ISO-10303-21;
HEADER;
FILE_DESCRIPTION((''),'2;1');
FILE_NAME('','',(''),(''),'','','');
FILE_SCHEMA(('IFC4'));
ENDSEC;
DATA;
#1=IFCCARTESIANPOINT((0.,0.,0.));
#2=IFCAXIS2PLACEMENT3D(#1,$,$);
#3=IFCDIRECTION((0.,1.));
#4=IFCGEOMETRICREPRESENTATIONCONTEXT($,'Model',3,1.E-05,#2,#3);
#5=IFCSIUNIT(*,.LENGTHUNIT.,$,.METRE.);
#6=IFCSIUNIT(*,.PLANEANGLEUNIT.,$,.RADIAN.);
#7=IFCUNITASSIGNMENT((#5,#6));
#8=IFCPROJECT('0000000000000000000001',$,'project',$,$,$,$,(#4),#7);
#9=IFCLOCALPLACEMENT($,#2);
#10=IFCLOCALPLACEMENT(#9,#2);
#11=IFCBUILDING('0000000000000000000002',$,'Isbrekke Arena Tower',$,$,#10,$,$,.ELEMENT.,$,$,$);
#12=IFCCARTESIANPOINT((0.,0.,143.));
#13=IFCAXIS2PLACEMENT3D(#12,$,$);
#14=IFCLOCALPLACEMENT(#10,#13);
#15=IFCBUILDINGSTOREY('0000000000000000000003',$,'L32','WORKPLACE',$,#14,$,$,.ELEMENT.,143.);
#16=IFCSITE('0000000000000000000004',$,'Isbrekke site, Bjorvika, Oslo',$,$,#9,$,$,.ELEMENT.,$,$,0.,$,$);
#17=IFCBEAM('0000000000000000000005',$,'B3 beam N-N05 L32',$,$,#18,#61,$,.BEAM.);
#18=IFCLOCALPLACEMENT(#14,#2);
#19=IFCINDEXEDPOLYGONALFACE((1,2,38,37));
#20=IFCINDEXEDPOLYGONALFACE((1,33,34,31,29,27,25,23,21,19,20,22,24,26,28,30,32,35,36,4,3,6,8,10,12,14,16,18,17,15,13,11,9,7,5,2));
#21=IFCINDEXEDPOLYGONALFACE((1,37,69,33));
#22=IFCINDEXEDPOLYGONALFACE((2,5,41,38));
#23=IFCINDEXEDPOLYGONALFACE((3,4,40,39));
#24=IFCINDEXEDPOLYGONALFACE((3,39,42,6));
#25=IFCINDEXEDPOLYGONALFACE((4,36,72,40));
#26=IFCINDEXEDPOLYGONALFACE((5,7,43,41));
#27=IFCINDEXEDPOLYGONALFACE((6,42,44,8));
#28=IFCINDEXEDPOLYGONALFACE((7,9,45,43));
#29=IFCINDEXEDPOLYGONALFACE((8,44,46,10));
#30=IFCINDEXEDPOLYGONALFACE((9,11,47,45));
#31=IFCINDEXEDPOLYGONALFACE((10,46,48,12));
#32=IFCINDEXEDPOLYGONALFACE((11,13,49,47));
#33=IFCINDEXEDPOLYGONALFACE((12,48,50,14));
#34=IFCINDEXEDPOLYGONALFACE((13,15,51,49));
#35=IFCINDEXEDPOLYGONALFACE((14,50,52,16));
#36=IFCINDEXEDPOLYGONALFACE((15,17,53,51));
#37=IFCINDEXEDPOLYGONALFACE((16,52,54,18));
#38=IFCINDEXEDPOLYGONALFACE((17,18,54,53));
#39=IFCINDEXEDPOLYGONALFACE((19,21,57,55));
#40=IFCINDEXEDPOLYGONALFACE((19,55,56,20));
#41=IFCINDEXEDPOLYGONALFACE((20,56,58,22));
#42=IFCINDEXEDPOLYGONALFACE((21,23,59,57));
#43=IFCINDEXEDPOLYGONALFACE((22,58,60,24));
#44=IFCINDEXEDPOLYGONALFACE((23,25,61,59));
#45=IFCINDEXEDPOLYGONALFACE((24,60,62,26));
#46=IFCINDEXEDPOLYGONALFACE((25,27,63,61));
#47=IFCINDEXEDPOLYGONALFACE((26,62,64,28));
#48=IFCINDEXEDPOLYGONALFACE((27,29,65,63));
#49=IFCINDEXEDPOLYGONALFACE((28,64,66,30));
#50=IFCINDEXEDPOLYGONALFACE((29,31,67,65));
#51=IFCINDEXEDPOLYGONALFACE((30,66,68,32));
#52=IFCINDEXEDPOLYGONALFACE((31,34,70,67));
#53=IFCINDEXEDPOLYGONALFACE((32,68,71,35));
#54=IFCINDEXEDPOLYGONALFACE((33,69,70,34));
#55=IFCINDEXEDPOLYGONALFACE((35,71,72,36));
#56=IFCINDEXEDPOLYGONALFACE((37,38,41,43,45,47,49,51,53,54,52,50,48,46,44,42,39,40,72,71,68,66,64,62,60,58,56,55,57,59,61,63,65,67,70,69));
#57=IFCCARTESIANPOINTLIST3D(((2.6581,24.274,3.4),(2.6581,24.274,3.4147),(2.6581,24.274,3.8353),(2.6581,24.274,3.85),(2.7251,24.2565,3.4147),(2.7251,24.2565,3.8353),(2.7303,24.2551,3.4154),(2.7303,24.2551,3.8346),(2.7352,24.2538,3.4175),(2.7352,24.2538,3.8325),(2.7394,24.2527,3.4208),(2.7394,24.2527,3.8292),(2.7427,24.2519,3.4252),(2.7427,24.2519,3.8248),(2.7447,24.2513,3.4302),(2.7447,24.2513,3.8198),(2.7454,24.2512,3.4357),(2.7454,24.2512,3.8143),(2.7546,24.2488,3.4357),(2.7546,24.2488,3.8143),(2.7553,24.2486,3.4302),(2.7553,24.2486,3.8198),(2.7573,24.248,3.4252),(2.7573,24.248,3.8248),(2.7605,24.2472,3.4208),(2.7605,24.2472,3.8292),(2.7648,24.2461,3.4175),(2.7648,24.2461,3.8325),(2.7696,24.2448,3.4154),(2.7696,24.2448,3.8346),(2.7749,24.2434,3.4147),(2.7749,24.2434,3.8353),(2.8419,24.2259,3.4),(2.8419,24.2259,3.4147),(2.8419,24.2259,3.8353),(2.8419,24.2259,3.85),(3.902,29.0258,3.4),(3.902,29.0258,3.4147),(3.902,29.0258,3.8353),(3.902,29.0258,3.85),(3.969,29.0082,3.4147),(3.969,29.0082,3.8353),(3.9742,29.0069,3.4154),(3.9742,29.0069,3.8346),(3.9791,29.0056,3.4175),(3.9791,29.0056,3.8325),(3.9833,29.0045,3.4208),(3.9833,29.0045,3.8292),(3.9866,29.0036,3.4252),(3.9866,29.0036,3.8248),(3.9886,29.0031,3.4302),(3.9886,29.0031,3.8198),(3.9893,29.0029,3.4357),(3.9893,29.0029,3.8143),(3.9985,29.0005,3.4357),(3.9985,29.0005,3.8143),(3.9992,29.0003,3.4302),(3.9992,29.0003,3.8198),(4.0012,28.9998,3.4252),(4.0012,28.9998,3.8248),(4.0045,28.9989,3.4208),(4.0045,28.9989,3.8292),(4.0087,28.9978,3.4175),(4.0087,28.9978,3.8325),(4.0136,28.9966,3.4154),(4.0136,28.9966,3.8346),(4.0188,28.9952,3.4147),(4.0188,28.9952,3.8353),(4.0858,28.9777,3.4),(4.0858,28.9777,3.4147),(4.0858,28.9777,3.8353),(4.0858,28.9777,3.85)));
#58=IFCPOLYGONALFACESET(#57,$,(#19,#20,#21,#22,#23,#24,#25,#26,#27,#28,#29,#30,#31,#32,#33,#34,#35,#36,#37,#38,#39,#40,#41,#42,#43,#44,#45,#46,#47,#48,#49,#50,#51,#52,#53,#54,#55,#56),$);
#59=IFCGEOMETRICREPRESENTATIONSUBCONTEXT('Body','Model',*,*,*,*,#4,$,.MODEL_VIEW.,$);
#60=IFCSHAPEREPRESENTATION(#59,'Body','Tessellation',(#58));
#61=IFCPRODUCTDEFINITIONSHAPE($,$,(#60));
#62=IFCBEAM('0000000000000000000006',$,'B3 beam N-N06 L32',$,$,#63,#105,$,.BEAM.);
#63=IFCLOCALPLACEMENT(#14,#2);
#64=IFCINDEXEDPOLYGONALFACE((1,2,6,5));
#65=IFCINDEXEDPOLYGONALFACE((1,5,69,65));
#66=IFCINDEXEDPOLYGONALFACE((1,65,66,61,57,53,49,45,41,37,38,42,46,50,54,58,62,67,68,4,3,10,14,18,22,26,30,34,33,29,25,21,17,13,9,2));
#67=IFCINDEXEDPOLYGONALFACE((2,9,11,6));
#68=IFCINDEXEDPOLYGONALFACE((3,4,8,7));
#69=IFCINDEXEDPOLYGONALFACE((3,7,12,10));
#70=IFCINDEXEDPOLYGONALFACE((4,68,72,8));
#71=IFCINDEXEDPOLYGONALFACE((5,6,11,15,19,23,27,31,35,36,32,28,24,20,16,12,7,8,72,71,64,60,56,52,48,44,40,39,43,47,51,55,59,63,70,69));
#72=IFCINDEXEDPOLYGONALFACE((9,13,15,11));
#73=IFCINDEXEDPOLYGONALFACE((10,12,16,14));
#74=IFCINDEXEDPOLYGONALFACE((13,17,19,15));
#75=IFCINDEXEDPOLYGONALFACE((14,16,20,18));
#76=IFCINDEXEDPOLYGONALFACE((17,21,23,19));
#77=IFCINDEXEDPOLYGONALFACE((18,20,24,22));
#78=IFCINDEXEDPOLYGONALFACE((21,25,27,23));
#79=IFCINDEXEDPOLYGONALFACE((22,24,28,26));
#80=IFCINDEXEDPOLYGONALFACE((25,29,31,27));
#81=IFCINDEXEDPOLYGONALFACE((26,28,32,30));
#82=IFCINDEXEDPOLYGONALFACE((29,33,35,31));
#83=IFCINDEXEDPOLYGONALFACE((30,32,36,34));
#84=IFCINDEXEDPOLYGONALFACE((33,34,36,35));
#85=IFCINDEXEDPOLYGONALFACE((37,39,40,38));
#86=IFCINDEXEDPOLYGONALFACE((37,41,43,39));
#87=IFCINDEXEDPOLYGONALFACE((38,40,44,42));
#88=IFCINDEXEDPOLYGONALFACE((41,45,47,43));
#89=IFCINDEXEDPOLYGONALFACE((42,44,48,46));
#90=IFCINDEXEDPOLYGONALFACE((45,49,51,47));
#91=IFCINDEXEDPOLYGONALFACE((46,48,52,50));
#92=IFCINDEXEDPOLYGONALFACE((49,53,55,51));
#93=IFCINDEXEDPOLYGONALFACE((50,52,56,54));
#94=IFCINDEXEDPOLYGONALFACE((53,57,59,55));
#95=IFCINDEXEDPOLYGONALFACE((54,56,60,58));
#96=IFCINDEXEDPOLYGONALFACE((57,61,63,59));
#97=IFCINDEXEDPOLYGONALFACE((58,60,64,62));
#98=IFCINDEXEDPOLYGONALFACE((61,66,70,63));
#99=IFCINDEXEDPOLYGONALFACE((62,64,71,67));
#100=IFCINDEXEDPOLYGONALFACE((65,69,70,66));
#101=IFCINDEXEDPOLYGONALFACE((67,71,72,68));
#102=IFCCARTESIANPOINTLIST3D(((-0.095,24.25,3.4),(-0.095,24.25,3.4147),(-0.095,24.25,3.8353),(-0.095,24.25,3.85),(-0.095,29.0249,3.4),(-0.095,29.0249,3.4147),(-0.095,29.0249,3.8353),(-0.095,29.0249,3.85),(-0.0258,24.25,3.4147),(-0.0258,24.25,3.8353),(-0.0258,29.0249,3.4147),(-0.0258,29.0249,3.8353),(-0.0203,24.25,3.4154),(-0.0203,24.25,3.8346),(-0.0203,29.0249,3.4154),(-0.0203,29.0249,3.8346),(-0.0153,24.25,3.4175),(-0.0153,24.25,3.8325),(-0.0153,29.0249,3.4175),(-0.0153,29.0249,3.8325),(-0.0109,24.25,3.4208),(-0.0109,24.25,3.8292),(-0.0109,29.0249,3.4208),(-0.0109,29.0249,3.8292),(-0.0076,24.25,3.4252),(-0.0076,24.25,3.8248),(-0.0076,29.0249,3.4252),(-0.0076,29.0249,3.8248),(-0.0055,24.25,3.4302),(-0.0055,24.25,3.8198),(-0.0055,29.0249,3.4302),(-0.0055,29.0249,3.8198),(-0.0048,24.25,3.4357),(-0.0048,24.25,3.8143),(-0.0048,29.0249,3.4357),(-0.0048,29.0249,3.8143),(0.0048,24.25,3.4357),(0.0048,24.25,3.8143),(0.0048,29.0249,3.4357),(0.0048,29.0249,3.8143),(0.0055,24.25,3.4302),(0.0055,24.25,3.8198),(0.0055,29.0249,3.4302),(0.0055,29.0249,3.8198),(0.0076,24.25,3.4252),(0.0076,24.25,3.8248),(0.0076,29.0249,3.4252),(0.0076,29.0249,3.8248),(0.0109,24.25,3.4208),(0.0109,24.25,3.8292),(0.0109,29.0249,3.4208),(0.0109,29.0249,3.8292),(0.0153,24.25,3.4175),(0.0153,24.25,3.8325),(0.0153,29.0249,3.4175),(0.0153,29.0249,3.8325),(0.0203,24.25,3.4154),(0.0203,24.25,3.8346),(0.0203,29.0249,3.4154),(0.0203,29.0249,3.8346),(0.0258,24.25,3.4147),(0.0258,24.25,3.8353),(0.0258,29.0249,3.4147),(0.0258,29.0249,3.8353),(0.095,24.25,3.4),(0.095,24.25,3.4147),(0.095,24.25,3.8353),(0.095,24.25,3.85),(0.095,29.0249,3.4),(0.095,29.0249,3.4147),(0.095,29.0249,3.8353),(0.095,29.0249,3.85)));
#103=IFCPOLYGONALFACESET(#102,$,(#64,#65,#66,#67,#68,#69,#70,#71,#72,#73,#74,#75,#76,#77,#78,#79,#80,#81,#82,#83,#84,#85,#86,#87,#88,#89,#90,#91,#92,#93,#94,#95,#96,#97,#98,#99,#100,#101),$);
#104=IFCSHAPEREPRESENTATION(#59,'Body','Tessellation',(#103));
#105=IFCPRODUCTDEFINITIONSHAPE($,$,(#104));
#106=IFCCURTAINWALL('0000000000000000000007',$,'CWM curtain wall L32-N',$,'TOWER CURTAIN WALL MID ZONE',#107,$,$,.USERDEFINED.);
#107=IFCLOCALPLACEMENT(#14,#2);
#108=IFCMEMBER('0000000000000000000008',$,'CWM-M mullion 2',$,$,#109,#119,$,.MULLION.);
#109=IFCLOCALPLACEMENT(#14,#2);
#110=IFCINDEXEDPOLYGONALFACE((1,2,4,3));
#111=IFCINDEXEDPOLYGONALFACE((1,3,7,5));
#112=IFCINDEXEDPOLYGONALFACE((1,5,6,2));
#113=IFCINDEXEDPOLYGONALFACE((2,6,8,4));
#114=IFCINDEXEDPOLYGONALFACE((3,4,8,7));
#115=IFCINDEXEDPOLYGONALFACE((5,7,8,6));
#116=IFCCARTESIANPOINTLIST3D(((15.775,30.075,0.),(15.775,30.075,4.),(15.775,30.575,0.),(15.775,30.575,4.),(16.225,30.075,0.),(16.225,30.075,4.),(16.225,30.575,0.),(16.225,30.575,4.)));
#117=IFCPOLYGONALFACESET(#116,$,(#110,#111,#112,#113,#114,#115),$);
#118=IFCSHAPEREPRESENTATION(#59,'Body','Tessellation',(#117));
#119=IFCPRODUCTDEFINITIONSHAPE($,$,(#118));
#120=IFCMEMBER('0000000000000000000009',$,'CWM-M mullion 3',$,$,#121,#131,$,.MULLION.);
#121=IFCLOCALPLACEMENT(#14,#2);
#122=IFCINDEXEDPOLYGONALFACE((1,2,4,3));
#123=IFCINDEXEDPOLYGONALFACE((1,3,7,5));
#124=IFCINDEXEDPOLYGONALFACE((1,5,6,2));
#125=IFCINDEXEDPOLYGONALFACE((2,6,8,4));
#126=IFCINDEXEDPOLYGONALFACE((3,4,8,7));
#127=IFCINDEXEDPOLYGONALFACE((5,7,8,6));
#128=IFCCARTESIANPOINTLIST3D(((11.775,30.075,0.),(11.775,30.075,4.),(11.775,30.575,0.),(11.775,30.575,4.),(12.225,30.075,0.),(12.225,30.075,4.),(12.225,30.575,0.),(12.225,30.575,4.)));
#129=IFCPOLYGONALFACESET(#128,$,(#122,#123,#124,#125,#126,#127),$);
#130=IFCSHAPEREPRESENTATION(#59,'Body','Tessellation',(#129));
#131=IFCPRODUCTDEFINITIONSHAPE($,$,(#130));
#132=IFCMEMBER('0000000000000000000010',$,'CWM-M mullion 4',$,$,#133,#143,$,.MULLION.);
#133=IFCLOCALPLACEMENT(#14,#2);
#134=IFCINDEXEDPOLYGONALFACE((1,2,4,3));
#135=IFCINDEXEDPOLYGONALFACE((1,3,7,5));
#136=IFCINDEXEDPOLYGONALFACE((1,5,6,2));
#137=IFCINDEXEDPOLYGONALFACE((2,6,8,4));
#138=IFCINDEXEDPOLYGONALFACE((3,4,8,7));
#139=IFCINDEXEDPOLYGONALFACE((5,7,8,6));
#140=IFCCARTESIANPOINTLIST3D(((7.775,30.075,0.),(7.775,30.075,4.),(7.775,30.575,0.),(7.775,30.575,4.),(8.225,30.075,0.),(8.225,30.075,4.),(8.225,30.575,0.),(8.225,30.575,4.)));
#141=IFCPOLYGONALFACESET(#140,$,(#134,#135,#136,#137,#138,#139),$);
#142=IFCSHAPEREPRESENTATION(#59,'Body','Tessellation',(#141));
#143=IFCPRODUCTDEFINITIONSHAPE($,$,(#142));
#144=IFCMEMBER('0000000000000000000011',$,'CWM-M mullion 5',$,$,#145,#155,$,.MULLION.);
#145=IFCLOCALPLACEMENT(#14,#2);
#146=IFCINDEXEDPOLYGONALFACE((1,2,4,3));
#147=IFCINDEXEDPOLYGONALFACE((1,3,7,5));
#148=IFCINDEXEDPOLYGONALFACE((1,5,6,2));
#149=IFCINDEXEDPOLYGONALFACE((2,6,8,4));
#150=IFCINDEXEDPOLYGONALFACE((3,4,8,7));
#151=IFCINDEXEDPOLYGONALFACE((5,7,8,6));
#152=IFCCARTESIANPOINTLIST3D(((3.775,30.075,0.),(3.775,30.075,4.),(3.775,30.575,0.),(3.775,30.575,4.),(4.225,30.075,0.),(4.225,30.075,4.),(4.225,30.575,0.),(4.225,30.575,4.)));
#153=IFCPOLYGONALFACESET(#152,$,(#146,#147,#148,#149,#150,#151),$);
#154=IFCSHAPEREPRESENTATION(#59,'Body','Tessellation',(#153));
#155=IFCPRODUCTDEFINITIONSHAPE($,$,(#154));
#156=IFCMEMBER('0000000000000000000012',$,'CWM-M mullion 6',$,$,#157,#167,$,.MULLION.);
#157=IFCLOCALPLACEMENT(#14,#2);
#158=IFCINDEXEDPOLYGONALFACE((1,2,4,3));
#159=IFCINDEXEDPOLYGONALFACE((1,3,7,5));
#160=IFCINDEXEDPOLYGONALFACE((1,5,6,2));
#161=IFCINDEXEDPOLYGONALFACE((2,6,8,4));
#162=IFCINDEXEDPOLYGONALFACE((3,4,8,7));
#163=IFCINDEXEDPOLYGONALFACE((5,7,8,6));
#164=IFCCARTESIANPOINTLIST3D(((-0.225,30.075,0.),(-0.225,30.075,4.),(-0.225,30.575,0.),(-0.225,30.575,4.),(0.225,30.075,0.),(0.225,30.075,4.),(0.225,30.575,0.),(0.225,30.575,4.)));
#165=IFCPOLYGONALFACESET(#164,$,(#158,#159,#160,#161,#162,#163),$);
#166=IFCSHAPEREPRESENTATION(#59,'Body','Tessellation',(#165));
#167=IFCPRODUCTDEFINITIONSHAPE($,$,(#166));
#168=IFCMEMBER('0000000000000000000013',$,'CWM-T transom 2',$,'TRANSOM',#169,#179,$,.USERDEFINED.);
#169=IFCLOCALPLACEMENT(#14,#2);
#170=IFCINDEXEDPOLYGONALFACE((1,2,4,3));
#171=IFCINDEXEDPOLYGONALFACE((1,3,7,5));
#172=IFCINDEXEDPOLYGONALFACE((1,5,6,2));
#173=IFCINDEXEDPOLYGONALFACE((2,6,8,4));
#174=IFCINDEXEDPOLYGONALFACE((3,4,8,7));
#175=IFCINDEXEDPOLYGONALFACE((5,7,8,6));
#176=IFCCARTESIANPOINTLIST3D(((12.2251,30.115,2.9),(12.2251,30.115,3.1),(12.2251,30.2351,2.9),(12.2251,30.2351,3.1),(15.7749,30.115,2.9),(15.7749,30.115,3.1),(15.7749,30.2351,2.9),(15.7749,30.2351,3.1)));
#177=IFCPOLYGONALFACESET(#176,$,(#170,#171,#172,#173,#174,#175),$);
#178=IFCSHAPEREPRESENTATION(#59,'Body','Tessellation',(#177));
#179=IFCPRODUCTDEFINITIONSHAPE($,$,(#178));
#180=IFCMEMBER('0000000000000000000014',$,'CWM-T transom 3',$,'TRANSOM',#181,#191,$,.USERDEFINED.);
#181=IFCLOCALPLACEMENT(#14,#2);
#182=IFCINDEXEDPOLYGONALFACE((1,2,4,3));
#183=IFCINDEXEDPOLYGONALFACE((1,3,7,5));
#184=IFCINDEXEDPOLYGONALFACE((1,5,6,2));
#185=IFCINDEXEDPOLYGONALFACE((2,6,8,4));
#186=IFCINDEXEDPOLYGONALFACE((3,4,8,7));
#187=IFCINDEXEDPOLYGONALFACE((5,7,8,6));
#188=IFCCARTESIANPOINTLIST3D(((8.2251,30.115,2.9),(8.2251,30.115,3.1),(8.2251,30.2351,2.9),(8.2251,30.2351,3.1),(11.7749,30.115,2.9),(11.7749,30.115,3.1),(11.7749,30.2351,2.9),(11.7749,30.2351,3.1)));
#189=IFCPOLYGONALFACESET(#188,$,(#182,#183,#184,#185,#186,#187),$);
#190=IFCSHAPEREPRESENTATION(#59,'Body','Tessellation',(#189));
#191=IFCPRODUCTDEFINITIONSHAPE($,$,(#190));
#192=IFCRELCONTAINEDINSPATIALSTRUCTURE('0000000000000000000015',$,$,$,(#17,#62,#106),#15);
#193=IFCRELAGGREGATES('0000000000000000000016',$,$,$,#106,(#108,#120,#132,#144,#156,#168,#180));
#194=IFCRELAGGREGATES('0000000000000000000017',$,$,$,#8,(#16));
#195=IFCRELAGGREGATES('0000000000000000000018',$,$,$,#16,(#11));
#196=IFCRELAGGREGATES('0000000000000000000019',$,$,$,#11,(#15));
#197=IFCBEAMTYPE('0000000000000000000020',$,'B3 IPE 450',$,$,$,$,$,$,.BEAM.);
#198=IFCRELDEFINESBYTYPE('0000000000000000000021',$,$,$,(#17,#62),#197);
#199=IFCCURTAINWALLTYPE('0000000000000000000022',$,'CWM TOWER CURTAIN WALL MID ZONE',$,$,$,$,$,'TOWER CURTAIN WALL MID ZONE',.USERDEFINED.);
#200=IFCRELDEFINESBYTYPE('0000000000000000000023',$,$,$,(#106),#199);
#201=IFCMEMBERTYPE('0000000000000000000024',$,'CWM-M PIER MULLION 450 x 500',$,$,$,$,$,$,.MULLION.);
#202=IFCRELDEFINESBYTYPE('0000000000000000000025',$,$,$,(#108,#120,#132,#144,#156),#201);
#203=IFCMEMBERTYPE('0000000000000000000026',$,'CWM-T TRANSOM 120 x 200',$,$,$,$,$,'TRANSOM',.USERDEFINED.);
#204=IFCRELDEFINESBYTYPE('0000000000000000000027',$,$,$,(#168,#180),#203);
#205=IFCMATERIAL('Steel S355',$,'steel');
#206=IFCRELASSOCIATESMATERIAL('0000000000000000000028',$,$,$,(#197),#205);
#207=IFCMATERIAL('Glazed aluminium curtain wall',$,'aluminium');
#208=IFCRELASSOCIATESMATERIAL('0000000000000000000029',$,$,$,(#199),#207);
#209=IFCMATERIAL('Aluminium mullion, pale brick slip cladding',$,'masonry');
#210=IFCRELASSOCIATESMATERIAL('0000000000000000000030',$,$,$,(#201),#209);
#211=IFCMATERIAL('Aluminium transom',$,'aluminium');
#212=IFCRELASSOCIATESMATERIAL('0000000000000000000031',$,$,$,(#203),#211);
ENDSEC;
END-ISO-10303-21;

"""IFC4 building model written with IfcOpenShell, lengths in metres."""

from ifc_helpers import new_model, si_unit, direction, frame, origin, origin_2d, place, context, subcontext, project, spatial, rectangle, i_section, extrude, material, material_profile, profile_set, type_object, element, aggregate, save


model = new_model("IFC4")

# Units and contexts
model_context = context("Model", 3, precision=1e-05, world=origin(), true_north=direction((0.0, 1.0)))
body_context = subcontext(model_context, "Body", "Model", "MODEL_VIEW")
ifc_project = project(units=[si_unit("LENGTHUNIT", "METRE"), si_unit("PLANEANGLEUNIT", "RADIAN")], contexts=[model_context])

# Site, building, storey
site_placement = place(None, origin())
site = spatial("IfcSite", under=ifc_project, at=site_placement, Name="Isbrekke site, Bjorvika, Oslo", CompositionType="ELEMENT", RefElevation=0.0)
building_placement = place(site_placement, origin())
building = spatial("IfcBuilding", under=site, at=building_placement, Name="Isbrekke Arena Tower", CompositionType="ELEMENT")
storey_placement = place(building_placement, frame((0.0, 0.0, 143.0)))
storey = spatial("IfcBuildingStorey", under=building, at=storey_placement, Name="L32", Description="WORKPLACE", CompositionType="ELEMENT", Elevation=143.0)

# Beams
ifc_material_1 = material(Name="Steel S355", Category="steel")
ifc_material_profile_1 = material_profile(ifc_material_1, i_section(OverallWidth=0.1899, OverallDepth=0.45, WebThickness=0.0095, FlangeThickness=0.0146, FilletRadius=0.021, at=origin_2d()), Name="IPE 450")
ifc_profile_set_1 = profile_set([ifc_material_profile_1], Name="Steel S355")
beam_type_1 = type_object("IfcBeamType", Name="B3 IPE 450", PredefinedType="BEAM", material=ifc_profile_set_1)
beam_1_placement = place(storey_placement, frame((3.9939, 29.0017, 3.625), z_axis=(-0.253245, -0.967402, 0.0), x_axis=(0.967402, -0.253245, 0.0)))
element("IfcBeam", 1, at=beam_1_placement, inside=storey, type_object=beam_type_1, Name="B3 beam N-N05 L32", PredefinedType="BEAM", context=body_context, shape_type="SweptSolid", body=[
    extrude(i_section(OverallWidth=0.1899, OverallDepth=0.45, WebThickness=0.0095, FlangeThickness=0.0146, FilletRadius=0.021, at=origin_2d()), origin(), (0.0, 0.0, 1.0), 4.9119),
])
beam_2_placement = place(storey_placement, frame((0.0, 29.0249, 3.625), z_axis=(0.0, -1.0, 0.0), x_axis=(1.0, 0.0, 0.0)))
element("IfcBeam", 2, at=beam_2_placement, inside=storey, type_object=beam_type_1, Name="B3 beam N-N06 L32", PredefinedType="BEAM", context=body_context, shape_type="SweptSolid", body=[
    extrude(i_section(OverallWidth=0.1899, OverallDepth=0.45, WebThickness=0.0095, FlangeThickness=0.0146, FilletRadius=0.021, at=origin_2d()), origin(), (0.0, 0.0, 1.0), 4.7749),
])

# Curtain wall, members
ifc_material_2 = material(Name="Glazed aluminium curtain wall", Category="aluminium")
curtain_wall_type = type_object("IfcCurtainWallType", Name="CWM TOWER CURTAIN WALL MID ZONE", ElementType="TOWER CURTAIN WALL MID ZONE", PredefinedType="USERDEFINED", material=ifc_material_2)
curtain_wall_placement = place(storey_placement, origin())
curtain_wall = element("IfcCurtainWall", 3, at=curtain_wall_placement, inside=storey, type_object=curtain_wall_type, Name="CWM curtain wall L32-N", ObjectType="TOWER CURTAIN WALL MID ZONE", PredefinedType="USERDEFINED")
ifc_material_3 = material(Name="Aluminium mullion, pale brick slip cladding", Category="masonry")
ifc_material_profile_2 = material_profile(ifc_material_3, rectangle(XDim=0.45, YDim=0.5, at=origin_2d()), Name="PIER 450X500")
ifc_profile_set_2 = profile_set([ifc_material_profile_2], Name="Aluminium mullion, pale brick slip cladding")
member_type_1 = type_object("IfcMemberType", Name="CWM-M PIER MULLION 450 x 500", PredefinedType="MULLION", material=ifc_profile_set_2)
member_1_placement = place(storey_placement, frame((16.0, 30.325, 0.0), z_axis=(0.0, 0.0, 1.0), x_axis=(-1.0, 0.0, 0.0)))
member_1 = element("IfcMember", 4, at=member_1_placement, type_object=member_type_1, Name="CWM-M mullion 2", PredefinedType="MULLION", context=body_context, shape_type="SweptSolid", body=[
    extrude(rectangle(XDim=0.45, YDim=0.5, at=origin_2d()), origin(), (0.0, 0.0, 1.0), 4.0),
])
member_2_placement = place(storey_placement, frame((12.0, 30.325, 0.0), z_axis=(0.0, 0.0, 1.0), x_axis=(-1.0, 0.0, 0.0)))
member_2 = element("IfcMember", 5, at=member_2_placement, type_object=member_type_1, Name="CWM-M mullion 3", PredefinedType="MULLION", context=body_context, shape_type="SweptSolid", body=[
    extrude(rectangle(XDim=0.45, YDim=0.5, at=origin_2d()), origin(), (0.0, 0.0, 1.0), 4.0),
])
member_3_placement = place(storey_placement, frame((8.0, 30.325, 0.0), z_axis=(0.0, 0.0, 1.0), x_axis=(-1.0, 0.0, 0.0)))
member_3 = element("IfcMember", 6, at=member_3_placement, type_object=member_type_1, Name="CWM-M mullion 4", PredefinedType="MULLION", context=body_context, shape_type="SweptSolid", body=[
    extrude(rectangle(XDim=0.45, YDim=0.5, at=origin_2d()), origin(), (0.0, 0.0, 1.0), 4.0),
])
member_4_placement = place(storey_placement, frame((4.0, 30.325, 0.0), z_axis=(0.0, 0.0, 1.0), x_axis=(-1.0, 0.0, 0.0)))
member_4 = element("IfcMember", 7, at=member_4_placement, type_object=member_type_1, Name="CWM-M mullion 5", PredefinedType="MULLION", context=body_context, shape_type="SweptSolid", body=[
    extrude(rectangle(XDim=0.45, YDim=0.5, at=origin_2d()), origin(), (0.0, 0.0, 1.0), 4.0),
])
member_5_placement = place(storey_placement, frame((0.0, 30.325, 0.0), z_axis=(0.0, 0.0, 1.0), x_axis=(-1.0, 0.0, 0.0)))
member_5 = element("IfcMember", 8, at=member_5_placement, type_object=member_type_1, Name="CWM-M mullion 6", PredefinedType="MULLION", context=body_context, shape_type="SweptSolid", body=[
    extrude(rectangle(XDim=0.45, YDim=0.5, at=origin_2d()), origin(), (0.0, 0.0, 1.0), 4.0),
])
ifc_material_4 = material(Name="Aluminium transom", Category="aluminium")
ifc_material_profile_3 = material_profile(ifc_material_4, rectangle(XDim=0.1201, YDim=0.2, at=origin_2d()), Name="TRANSOM 120X200")
ifc_profile_set_3 = profile_set([ifc_material_profile_3], Name="Aluminium transom")
member_type_2 = type_object("IfcMemberType", Name="CWM-T TRANSOM 120 x 200", ElementType="TRANSOM", PredefinedType="USERDEFINED", material=ifc_profile_set_3)
member_6_placement = place(storey_placement, frame((15.7749, 30.175, 3.0), z_axis=(-1.0, 0.0, 0.0), x_axis=(0.0, -1.0, 0.0)))
member_6 = element("IfcMember", 9, at=member_6_placement, type_object=member_type_2, Name="CWM-T transom 2", ObjectType="TRANSOM", PredefinedType="USERDEFINED", context=body_context, shape_type="SweptSolid", body=[
    extrude(rectangle(XDim=0.1201, YDim=0.2, at=origin_2d()), origin(), (0.0, 0.0, 1.0), 3.5498),
])
member_7_placement = place(storey_placement, frame((11.7749, 30.175, 3.0), z_axis=(-1.0, 0.0, 0.0), x_axis=(0.0, -1.0, 0.0)))
member_7 = element("IfcMember", 10, at=member_7_placement, type_object=member_type_2, Name="CWM-T transom 3", ObjectType="TRANSOM", PredefinedType="USERDEFINED", context=body_context, shape_type="SweptSolid", body=[
    extrude(rectangle(XDim=0.1201, YDim=0.2, at=origin_2d()), origin(), (0.0, 0.0, 1.0), 3.5498),
])

aggregate(curtain_wall, [member_1, member_2, member_3, member_4, member_5, member_6, member_7])

save(model, "model.ifc")
